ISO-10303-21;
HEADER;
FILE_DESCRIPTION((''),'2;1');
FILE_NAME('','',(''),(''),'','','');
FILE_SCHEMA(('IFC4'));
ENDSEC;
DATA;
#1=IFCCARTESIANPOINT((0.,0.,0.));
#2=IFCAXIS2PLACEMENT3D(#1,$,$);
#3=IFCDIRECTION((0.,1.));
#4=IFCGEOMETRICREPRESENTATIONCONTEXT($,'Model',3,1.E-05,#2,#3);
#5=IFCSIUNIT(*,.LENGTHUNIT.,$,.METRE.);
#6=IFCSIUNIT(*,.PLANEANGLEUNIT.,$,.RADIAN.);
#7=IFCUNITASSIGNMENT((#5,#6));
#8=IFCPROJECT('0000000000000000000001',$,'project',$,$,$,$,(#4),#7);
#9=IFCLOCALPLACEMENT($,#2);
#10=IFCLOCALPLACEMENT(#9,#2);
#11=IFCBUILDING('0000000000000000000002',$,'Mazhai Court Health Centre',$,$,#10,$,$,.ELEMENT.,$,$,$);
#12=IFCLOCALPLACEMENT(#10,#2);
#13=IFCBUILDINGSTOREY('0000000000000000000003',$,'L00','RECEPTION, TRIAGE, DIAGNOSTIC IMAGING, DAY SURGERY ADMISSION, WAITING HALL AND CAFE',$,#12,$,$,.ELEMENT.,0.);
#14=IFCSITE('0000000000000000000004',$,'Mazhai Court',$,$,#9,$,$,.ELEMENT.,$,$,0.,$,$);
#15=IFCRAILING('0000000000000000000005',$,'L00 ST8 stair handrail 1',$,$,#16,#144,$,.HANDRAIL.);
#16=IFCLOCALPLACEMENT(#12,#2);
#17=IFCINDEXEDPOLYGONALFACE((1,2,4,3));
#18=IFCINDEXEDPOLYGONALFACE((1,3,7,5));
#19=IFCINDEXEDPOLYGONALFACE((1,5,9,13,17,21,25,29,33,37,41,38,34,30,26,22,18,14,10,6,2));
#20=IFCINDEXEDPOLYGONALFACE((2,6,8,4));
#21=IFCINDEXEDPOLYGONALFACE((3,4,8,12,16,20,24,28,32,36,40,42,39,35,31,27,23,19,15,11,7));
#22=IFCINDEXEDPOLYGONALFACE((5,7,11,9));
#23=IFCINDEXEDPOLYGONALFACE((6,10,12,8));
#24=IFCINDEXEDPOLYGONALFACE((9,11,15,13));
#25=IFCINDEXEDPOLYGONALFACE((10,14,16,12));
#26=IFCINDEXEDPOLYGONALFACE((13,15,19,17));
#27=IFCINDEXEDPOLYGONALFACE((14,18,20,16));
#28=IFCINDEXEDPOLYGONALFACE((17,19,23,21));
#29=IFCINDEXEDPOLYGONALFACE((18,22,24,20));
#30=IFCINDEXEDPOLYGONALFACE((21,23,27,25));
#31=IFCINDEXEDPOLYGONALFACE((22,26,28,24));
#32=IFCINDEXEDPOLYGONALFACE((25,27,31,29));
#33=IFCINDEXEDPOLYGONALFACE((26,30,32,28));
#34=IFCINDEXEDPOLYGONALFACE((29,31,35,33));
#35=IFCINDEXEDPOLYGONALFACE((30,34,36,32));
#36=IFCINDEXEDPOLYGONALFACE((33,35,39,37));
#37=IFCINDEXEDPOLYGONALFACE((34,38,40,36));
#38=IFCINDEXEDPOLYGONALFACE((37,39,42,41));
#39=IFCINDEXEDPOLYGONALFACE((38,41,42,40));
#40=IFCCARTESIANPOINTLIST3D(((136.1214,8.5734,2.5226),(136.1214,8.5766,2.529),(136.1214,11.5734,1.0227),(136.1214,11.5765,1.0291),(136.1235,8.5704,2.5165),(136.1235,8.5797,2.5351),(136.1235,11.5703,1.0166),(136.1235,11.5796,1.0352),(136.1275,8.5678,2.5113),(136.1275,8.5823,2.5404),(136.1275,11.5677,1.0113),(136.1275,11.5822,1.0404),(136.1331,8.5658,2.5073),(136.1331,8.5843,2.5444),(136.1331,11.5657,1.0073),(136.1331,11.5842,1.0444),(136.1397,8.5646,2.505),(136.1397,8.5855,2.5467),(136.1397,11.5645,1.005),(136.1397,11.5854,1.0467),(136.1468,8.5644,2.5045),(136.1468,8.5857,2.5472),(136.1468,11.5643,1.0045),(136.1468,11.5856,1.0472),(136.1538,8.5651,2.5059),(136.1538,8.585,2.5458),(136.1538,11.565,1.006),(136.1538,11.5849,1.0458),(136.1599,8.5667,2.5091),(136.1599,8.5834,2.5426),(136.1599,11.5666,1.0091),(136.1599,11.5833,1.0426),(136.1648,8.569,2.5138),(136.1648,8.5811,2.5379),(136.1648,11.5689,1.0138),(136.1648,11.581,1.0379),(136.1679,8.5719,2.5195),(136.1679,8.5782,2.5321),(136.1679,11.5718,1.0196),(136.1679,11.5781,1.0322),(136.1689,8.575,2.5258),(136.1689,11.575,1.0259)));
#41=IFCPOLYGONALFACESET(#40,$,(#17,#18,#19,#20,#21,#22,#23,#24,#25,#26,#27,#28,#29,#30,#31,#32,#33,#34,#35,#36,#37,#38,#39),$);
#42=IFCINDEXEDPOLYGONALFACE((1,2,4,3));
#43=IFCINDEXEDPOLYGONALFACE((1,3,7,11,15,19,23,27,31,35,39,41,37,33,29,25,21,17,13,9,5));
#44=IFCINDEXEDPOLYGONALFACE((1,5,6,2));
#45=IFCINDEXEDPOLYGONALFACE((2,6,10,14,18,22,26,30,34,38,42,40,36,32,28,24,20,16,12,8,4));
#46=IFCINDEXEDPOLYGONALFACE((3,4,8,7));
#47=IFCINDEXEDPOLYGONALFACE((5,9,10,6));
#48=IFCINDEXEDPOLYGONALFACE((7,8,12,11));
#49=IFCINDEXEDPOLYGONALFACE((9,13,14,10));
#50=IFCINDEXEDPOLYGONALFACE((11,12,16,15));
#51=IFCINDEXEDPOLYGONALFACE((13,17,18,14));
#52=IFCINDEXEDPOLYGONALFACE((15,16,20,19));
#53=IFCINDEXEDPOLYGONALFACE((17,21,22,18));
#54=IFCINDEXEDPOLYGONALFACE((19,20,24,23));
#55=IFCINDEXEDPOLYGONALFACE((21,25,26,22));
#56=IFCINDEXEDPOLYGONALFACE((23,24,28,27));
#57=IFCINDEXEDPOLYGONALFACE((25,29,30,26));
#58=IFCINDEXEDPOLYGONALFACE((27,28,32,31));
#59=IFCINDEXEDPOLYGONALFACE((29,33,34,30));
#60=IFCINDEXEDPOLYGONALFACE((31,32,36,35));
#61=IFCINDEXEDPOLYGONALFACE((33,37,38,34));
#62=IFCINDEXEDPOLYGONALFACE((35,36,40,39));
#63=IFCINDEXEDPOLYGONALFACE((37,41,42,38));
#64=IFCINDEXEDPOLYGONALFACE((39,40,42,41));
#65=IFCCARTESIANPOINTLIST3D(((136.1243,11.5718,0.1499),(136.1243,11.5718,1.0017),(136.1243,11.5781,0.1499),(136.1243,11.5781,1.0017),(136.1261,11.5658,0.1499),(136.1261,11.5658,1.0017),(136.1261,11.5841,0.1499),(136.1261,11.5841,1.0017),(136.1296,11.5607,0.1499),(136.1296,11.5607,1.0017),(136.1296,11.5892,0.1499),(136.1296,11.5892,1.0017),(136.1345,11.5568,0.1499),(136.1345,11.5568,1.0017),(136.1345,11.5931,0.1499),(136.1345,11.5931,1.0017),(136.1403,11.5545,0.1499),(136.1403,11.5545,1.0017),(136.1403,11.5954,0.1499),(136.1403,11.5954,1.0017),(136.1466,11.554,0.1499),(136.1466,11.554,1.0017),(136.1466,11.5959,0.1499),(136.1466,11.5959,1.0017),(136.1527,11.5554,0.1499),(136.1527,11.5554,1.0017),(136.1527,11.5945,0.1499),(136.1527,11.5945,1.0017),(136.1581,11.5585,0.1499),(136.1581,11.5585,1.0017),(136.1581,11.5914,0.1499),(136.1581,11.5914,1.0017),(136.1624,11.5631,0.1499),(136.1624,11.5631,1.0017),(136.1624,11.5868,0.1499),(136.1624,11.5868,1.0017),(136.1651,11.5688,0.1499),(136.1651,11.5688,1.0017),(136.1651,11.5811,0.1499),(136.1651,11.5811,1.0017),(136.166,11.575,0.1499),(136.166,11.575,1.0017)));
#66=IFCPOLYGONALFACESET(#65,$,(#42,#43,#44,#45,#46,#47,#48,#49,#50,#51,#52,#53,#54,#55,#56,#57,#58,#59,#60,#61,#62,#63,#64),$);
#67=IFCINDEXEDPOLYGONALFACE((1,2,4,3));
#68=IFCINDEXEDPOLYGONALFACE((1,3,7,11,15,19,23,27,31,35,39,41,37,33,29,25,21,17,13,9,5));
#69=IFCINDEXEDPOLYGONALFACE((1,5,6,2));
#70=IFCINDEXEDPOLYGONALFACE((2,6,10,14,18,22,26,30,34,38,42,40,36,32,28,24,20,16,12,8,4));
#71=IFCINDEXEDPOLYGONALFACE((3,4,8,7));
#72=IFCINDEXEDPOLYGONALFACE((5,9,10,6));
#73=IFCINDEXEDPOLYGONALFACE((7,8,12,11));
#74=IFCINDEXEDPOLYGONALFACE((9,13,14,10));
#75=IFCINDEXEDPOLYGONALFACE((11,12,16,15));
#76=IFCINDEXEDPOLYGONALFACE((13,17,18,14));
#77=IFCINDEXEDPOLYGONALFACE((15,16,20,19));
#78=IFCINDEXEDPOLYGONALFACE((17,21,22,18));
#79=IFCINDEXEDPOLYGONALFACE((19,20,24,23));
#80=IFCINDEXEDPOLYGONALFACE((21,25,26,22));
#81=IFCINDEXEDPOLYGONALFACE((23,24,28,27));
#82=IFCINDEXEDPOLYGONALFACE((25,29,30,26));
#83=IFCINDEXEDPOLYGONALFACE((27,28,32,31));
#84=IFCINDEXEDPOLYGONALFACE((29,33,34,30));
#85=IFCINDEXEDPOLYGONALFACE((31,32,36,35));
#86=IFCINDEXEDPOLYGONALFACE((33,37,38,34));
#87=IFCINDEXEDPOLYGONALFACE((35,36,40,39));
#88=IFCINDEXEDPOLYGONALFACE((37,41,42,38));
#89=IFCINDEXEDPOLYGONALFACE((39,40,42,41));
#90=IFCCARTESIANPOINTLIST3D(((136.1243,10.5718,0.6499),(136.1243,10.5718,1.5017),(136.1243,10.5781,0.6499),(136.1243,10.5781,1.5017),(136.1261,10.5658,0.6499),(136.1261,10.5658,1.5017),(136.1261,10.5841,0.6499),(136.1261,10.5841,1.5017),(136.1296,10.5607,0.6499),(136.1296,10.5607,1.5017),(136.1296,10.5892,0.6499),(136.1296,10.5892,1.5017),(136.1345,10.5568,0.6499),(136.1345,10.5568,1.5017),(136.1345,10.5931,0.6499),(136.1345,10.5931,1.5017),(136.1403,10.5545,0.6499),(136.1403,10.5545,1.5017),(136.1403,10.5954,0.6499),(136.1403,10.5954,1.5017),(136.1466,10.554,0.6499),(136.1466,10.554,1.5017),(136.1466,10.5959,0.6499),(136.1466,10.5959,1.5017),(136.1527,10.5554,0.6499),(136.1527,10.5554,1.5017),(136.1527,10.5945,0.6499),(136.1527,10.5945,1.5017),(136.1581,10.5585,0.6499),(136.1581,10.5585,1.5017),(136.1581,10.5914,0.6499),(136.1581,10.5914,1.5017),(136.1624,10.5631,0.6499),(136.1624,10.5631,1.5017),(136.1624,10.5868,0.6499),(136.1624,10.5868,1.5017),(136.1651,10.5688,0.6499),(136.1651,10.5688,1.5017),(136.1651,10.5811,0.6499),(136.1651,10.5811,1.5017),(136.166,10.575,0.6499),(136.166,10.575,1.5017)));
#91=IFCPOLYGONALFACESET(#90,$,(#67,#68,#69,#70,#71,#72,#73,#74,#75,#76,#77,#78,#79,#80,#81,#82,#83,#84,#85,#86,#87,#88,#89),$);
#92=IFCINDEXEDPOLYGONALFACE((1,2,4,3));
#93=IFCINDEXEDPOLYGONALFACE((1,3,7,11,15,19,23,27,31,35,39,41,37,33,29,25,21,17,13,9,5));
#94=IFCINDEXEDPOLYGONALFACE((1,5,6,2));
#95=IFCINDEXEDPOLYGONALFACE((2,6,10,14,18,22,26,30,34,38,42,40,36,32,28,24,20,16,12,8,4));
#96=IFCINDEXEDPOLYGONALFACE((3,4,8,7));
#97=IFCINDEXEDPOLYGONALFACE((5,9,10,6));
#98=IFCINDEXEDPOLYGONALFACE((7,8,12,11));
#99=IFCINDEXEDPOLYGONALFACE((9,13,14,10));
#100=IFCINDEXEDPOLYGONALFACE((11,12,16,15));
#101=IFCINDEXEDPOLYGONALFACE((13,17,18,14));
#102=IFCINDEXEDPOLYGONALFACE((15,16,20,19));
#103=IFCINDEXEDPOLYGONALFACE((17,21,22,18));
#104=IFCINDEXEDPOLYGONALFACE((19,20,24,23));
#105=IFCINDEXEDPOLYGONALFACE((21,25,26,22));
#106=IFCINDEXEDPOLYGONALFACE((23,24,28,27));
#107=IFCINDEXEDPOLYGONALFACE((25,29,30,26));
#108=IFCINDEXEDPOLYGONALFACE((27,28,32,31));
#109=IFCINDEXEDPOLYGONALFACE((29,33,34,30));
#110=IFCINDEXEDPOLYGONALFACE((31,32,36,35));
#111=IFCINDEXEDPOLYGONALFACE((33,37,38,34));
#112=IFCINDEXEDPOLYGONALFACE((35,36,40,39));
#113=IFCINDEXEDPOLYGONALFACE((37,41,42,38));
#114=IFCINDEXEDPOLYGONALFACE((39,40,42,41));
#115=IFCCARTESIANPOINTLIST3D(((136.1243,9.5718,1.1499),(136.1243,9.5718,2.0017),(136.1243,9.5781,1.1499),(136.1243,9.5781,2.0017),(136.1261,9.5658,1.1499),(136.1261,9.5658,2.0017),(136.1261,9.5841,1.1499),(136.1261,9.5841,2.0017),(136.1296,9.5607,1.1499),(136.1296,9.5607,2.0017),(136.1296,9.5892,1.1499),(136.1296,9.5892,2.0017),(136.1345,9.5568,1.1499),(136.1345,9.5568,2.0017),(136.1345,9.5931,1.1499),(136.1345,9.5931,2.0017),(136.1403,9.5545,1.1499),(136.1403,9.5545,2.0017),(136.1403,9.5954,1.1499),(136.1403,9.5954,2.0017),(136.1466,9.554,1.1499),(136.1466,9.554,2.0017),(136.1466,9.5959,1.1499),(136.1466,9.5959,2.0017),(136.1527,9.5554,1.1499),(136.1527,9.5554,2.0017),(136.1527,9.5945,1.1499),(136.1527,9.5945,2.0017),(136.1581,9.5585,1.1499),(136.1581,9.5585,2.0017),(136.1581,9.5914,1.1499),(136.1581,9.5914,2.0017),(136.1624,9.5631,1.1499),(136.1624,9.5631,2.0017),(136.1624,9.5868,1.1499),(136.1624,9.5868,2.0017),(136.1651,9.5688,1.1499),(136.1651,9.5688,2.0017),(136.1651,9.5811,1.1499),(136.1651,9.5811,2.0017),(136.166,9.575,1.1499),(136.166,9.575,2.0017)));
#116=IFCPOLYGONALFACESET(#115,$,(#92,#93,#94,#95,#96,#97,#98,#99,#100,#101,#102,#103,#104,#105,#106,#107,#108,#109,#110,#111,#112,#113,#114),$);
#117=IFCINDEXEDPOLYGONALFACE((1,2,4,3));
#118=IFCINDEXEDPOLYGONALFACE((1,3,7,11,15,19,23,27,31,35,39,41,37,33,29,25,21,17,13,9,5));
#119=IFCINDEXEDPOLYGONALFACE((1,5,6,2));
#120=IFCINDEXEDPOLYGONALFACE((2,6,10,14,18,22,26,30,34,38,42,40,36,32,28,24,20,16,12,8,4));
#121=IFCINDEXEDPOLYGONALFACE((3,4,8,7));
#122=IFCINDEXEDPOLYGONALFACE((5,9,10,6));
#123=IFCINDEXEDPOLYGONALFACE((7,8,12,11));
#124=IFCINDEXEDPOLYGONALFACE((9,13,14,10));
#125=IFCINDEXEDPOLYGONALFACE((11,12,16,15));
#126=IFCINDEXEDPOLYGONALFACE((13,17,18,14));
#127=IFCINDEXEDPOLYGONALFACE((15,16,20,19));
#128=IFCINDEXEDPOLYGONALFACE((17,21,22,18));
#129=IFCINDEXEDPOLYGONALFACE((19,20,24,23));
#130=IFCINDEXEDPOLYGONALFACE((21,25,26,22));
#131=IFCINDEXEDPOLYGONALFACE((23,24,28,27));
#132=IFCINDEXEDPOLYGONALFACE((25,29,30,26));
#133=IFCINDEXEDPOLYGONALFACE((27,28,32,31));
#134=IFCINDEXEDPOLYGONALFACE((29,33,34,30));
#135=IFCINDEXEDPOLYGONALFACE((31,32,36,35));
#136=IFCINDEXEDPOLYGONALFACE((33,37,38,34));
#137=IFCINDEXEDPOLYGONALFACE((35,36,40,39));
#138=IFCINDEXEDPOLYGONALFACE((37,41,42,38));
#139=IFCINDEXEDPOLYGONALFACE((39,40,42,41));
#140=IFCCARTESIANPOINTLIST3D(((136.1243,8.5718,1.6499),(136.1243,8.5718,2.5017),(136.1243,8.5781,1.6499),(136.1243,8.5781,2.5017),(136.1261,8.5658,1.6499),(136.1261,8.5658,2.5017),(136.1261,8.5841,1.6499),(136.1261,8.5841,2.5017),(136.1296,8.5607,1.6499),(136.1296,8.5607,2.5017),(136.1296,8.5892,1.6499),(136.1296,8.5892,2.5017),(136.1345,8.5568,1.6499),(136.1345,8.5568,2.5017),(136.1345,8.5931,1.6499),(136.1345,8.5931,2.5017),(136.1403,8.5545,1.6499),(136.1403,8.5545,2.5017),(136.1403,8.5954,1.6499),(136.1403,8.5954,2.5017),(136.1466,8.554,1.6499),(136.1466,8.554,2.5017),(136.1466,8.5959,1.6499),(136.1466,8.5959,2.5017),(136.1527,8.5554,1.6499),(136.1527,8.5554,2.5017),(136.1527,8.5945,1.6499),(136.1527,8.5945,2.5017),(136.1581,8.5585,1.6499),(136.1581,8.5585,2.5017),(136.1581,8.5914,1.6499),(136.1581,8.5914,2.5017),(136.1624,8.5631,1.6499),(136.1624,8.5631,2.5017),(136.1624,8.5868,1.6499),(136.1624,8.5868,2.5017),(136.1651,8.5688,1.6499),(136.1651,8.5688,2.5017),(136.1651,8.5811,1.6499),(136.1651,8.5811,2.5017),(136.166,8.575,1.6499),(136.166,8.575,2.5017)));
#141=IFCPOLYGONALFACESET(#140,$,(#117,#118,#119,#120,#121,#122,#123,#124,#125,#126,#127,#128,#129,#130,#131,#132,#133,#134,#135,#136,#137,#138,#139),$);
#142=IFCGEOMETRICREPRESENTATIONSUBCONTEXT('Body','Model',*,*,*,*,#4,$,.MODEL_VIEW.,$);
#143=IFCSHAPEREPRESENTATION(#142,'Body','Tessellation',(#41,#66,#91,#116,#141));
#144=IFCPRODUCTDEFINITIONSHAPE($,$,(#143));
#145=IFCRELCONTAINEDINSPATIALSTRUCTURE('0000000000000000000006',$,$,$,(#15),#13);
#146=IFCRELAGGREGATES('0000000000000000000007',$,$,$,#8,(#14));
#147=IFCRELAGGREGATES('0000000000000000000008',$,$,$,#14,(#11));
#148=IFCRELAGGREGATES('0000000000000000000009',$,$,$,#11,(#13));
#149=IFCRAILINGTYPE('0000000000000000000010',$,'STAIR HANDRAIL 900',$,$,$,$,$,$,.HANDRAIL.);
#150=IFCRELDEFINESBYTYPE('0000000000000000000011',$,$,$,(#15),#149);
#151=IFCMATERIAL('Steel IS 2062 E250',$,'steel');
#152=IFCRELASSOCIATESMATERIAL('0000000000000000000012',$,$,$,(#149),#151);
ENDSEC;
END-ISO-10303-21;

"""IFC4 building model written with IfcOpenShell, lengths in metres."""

from ifc_helpers import new_model, si_unit, direction, frame, origin, origin_2d, place, context, subcontext, project, spatial, circle, extrude, material, type_object, element, save


model = new_model("IFC4")

# Units and contexts
model_context = context("Model", 3, precision=1e-05, world=origin(), true_north=direction((0.0, 1.0)))
body_context = subcontext(model_context, "Body", "Model", "MODEL_VIEW")
ifc_project = project(units=[si_unit("LENGTHUNIT", "METRE"), si_unit("PLANEANGLEUNIT", "RADIAN")], contexts=[model_context])

# Site, building, storey
site_placement = place(None, origin())
site = spatial("IfcSite", under=ifc_project, at=site_placement, Name="Mazhai Court", CompositionType="ELEMENT", RefElevation=0.0)
building_placement = place(site_placement, origin())
building = spatial("IfcBuilding", under=site, at=building_placement, Name="Mazhai Court Health Centre", CompositionType="ELEMENT")
storey_placement = place(building_placement, origin())
storey = spatial("IfcBuildingStorey", under=building, at=storey_placement, Name="L00", Description="RECEPTION, TRIAGE, DIAGNOSTIC IMAGING, DAY SURGERY ADMISSION, WAITING HALL AND CAFE", CompositionType="ELEMENT", Elevation=0.0)

# Railing
ifc_material_1 = material(Name="Steel IS 2062 E250", Category="steel")
railing_type_1 = type_object("IfcRailingType", Name="STAIR HANDRAIL 900", PredefinedType="HANDRAIL", material=ifc_material_1)
railing_1_placement = place(storey_placement, frame((136.145, 11.575, 0.1499)))
element("IfcRailing", 1, at=railing_1_placement, inside=storey, type_object=railing_type_1, Name="L00 ST8 stair handrail 1", PredefinedType="HANDRAIL", context=body_context, shape_type="SweptSolid", body=[
    extrude(circle(Radius=0.0239, at=origin_2d()), frame((0.0, 0.0, 0.876), z_axis=(0.0, -0.894427, 0.447214), x_axis=(1.0, 0.0, 0.0)), (0.0, 0.0, 1.0), 3.354),
    extrude(circle(Radius=0.021, at=origin_2d()), origin(), (0.0, 0.0, 1.0), 0.8518),
    extrude(circle(Radius=0.021, at=origin_2d()), frame((0.0, -1.0, 0.5)), (0.0, 0.0, 1.0), 0.8518),
    extrude(circle(Radius=0.021, at=origin_2d()), frame((0.0, -2.0, 1.0)), (0.0, 0.0, 1.0), 0.8518),
    extrude(circle(Radius=0.021, at=origin_2d()), frame((0.0, -3.0, 1.5)), (0.0, 0.0, 1.0), 0.8518),
])

save(model, "model.ifc")
